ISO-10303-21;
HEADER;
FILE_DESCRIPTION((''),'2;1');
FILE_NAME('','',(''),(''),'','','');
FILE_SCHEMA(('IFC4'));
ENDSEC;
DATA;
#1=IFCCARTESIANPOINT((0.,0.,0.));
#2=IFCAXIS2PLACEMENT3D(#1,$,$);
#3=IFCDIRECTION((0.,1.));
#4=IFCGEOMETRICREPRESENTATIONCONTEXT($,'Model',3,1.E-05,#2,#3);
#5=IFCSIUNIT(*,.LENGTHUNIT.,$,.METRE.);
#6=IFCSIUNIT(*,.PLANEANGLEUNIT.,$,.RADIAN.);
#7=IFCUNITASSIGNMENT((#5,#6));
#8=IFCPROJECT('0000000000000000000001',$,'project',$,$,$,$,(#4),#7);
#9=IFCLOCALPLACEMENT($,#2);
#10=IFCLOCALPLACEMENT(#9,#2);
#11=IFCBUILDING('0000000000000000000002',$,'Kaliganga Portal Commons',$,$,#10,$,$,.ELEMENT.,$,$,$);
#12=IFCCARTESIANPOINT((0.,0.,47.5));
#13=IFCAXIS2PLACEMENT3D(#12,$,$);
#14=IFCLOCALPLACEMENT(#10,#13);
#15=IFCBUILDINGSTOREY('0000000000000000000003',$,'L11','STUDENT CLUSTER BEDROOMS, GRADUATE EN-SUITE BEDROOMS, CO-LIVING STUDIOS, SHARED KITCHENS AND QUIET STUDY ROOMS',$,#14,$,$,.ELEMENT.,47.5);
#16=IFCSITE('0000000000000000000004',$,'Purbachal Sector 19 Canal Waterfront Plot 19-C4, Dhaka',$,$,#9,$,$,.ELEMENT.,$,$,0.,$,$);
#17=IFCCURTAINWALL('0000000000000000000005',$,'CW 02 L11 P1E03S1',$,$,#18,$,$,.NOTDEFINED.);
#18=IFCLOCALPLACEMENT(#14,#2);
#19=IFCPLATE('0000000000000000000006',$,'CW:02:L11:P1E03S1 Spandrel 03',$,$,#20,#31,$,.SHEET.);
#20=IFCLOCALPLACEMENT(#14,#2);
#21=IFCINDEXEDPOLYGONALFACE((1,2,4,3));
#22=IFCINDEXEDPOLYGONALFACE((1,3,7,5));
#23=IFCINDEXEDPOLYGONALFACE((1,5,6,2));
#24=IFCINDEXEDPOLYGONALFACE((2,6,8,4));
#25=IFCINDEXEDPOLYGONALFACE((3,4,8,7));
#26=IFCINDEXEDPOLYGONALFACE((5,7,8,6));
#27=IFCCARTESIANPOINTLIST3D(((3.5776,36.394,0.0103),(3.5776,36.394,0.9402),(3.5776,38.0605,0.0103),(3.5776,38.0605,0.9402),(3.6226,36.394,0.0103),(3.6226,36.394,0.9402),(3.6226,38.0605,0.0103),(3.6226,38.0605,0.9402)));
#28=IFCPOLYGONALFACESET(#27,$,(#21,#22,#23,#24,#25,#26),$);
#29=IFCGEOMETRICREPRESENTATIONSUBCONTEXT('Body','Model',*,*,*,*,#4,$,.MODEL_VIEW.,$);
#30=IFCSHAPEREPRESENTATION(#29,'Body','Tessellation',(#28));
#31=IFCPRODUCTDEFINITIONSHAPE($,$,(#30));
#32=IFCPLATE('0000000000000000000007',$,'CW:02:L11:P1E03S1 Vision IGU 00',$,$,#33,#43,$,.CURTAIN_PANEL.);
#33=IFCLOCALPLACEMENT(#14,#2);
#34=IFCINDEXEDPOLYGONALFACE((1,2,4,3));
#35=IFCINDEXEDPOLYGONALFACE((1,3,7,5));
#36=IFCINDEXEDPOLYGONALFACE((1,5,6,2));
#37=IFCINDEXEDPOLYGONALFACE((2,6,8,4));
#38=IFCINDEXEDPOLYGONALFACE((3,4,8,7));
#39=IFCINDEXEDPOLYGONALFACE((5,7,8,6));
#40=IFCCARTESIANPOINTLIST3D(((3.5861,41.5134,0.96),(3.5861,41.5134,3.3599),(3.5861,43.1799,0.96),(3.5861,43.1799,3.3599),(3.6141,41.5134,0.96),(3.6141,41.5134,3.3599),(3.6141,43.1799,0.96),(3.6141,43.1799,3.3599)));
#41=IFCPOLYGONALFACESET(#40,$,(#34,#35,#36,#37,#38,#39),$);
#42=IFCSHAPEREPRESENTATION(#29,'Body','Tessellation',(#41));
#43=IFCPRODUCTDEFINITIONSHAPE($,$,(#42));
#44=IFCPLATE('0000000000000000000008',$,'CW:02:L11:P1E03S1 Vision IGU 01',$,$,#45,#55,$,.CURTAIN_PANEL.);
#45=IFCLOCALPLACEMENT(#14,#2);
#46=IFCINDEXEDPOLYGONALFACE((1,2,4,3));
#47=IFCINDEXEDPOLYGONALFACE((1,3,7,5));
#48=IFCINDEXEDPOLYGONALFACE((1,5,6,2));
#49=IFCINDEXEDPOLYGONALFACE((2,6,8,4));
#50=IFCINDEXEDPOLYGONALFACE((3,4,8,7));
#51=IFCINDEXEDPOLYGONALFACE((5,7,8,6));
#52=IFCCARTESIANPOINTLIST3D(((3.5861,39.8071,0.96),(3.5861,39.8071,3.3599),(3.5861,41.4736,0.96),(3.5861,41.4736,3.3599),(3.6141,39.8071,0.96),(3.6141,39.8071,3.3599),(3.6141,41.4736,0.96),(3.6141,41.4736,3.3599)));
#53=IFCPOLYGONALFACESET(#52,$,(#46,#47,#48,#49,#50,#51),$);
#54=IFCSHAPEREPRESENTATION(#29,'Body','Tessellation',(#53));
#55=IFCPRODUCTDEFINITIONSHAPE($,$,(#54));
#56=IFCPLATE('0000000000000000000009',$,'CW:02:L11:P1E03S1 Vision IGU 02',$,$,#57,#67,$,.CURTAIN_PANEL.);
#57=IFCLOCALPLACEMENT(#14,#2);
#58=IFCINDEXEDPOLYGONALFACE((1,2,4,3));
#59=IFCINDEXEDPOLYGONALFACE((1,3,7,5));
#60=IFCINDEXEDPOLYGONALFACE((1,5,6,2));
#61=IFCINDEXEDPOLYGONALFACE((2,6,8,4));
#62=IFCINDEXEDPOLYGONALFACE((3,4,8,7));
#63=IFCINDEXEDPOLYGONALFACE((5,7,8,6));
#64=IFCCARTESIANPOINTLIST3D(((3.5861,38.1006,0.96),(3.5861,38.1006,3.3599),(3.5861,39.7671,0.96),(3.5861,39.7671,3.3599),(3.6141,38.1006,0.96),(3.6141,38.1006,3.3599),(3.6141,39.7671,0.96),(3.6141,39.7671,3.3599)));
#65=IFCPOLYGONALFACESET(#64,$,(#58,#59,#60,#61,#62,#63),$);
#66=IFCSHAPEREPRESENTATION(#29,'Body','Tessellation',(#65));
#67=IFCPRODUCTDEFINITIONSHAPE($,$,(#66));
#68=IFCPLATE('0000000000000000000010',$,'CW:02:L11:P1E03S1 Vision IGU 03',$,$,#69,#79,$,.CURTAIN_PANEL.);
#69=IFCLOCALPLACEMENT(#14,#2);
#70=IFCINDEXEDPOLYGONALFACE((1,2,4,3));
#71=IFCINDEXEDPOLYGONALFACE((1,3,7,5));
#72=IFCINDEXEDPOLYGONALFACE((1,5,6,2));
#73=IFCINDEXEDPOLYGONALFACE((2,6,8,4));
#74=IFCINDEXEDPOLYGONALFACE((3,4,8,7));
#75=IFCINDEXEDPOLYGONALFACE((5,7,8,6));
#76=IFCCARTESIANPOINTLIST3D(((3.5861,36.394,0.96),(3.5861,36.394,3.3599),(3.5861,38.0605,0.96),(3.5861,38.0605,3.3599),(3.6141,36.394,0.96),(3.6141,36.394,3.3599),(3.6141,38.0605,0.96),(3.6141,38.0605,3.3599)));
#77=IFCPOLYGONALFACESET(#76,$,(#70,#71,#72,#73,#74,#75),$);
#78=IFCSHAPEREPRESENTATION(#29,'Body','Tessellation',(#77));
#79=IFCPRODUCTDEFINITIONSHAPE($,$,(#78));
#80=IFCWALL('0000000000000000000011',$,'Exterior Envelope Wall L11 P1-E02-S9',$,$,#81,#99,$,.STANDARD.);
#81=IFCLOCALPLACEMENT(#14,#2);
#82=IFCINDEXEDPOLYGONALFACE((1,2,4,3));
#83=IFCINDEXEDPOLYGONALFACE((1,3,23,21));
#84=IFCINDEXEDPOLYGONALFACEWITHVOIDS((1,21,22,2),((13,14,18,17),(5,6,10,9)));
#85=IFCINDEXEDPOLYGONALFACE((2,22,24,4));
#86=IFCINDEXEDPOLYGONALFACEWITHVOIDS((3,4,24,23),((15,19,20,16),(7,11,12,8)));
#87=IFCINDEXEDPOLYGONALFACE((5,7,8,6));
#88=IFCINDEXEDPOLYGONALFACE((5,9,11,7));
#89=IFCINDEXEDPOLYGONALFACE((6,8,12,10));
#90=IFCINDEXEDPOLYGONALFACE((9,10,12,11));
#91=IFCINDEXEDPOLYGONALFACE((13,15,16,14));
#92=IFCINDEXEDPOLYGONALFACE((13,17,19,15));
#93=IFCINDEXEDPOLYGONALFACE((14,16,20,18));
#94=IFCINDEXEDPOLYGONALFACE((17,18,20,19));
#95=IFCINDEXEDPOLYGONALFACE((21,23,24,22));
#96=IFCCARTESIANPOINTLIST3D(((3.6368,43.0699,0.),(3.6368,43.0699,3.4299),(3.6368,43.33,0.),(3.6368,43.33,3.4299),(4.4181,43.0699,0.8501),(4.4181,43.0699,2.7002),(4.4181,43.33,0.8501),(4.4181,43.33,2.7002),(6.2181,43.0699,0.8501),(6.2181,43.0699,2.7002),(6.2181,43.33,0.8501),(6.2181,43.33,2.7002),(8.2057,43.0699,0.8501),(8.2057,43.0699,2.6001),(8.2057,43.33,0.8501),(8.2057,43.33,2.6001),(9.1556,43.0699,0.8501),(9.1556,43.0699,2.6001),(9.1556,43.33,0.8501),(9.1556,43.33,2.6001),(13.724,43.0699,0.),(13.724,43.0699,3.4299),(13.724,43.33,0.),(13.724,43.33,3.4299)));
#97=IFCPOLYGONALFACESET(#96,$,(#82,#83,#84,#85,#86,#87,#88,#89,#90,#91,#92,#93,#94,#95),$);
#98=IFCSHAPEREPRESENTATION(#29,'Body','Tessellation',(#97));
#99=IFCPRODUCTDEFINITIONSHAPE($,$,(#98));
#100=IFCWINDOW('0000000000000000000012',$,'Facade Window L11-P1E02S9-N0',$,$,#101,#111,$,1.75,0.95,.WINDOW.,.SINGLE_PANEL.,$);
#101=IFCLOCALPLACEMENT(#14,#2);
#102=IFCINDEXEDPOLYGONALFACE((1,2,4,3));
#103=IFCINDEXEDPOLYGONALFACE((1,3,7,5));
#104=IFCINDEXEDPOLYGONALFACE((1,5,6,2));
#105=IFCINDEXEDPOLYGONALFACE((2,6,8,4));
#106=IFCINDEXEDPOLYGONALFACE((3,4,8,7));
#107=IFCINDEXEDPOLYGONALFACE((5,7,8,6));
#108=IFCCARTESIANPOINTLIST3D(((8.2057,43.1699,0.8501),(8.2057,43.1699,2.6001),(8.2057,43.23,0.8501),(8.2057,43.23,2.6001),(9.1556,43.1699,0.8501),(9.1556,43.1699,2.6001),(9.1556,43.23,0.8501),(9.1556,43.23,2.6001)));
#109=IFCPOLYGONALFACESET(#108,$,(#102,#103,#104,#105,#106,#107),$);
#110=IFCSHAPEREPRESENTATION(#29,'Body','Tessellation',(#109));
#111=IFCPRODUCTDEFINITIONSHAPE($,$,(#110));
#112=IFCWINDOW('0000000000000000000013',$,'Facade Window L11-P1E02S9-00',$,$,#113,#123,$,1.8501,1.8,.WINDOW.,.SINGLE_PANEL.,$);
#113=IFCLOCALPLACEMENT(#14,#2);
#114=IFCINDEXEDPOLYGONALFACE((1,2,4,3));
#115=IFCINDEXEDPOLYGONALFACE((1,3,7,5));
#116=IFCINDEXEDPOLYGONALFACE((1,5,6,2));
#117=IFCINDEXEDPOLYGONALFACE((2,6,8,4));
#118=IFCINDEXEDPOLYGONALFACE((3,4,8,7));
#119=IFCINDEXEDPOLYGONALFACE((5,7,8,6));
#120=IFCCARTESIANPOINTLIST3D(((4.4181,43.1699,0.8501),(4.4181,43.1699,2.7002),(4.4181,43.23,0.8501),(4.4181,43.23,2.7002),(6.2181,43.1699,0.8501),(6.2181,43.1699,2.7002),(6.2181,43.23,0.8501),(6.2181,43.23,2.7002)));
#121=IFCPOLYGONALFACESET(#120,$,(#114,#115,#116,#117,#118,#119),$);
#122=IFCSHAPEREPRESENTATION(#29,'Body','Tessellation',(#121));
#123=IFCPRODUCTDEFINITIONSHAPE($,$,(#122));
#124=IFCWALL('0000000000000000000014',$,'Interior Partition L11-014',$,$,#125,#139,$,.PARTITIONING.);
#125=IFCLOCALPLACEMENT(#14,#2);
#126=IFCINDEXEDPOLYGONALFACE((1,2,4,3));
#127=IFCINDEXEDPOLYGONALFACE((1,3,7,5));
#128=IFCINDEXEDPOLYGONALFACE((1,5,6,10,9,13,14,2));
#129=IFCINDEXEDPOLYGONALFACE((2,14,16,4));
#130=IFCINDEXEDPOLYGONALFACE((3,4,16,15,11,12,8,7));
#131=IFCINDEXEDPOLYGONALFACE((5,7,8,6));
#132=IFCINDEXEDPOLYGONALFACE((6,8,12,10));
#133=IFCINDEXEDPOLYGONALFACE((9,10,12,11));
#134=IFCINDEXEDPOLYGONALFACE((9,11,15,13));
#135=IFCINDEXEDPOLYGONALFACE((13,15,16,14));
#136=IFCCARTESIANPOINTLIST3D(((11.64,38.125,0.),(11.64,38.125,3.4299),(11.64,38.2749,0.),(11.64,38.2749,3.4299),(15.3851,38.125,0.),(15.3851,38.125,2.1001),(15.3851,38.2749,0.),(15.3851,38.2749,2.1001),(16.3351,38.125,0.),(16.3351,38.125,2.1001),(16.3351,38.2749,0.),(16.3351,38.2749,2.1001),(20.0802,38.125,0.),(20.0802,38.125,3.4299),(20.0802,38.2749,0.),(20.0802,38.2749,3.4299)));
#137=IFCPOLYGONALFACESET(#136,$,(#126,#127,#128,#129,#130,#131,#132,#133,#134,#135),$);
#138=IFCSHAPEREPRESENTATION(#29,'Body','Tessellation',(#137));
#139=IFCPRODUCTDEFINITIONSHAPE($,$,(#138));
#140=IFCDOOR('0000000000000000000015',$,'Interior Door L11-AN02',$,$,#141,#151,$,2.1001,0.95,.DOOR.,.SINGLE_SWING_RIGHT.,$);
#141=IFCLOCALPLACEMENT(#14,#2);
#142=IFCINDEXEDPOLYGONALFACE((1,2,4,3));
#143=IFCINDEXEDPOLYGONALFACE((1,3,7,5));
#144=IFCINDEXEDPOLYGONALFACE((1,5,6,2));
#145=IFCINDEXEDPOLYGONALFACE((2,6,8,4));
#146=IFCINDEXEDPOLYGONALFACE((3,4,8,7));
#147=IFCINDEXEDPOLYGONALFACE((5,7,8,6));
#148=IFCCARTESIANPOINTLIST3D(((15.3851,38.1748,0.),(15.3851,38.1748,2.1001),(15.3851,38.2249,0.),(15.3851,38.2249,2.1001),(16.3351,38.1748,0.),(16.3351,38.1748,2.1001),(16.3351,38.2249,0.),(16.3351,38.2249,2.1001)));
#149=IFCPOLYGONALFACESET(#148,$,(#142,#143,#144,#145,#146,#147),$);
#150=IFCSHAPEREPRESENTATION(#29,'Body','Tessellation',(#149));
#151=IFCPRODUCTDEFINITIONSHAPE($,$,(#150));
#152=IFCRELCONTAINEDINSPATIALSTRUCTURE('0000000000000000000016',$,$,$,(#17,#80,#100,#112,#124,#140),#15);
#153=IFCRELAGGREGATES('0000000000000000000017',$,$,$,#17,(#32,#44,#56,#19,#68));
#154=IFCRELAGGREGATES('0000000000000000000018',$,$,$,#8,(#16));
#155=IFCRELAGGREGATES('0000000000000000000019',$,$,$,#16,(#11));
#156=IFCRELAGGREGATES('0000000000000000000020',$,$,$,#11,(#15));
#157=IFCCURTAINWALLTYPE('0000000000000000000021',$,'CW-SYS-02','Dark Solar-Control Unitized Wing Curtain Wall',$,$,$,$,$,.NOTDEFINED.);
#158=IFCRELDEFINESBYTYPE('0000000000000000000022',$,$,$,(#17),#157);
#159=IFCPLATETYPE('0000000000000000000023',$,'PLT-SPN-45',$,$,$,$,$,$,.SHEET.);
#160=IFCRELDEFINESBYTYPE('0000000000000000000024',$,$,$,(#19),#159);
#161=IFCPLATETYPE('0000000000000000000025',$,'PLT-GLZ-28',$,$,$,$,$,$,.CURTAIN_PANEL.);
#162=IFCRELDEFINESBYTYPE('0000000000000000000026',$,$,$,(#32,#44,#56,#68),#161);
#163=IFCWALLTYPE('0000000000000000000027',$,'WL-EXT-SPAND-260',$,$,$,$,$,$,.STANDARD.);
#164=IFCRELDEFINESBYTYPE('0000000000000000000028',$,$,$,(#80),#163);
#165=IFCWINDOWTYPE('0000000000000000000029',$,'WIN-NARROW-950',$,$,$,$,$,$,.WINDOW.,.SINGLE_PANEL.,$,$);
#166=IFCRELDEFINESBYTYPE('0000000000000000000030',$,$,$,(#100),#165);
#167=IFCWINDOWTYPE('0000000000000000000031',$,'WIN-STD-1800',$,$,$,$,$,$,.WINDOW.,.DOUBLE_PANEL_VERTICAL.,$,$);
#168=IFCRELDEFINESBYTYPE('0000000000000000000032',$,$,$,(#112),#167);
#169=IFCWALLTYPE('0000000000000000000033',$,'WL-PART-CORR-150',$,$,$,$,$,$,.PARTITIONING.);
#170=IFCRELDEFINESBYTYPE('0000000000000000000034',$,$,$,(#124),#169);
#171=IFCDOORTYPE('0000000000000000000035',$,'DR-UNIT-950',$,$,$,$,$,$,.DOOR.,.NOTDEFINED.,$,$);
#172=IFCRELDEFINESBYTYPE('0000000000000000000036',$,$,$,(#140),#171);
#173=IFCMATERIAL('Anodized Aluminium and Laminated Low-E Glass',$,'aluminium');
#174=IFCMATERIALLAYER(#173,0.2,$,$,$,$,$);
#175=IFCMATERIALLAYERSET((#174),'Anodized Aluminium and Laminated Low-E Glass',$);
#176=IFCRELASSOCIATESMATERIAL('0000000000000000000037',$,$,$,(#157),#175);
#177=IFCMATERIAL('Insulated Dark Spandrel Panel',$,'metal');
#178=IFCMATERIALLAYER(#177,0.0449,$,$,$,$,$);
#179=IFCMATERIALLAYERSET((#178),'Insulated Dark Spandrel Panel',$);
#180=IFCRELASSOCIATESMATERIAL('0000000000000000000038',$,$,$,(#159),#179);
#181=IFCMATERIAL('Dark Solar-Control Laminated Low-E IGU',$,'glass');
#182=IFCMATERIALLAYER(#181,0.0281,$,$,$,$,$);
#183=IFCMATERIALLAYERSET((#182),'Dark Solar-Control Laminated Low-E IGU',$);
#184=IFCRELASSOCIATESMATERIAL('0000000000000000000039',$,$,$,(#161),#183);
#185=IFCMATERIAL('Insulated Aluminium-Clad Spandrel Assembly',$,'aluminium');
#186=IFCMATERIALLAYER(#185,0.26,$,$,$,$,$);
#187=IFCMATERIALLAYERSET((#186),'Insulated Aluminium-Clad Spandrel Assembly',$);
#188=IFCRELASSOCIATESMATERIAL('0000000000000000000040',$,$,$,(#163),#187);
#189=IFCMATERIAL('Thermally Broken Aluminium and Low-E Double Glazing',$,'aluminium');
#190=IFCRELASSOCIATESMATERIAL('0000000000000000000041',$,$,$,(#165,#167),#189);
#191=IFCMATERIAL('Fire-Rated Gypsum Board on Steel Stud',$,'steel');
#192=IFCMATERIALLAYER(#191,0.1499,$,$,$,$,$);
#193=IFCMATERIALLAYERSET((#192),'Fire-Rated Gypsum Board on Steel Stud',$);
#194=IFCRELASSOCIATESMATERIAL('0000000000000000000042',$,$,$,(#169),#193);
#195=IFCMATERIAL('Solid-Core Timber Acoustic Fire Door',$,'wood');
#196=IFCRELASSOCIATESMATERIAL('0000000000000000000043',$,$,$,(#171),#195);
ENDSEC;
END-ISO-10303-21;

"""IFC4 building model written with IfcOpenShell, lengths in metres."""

from ifc_helpers import new_model, si_unit, direction, frame, frame_2d, origin, origin_2d, place, context, subcontext, project, spatial, rectangle, extrude, source, transform, mapped, material, layer, layer_set, type_object, element, fill, aggregate, save


model = new_model("IFC4")

# Units and contexts
model_context = context("Model", 3, precision=1e-05, world=origin(), true_north=direction((0.0, 1.0)))
body_context = subcontext(model_context, "Body", "Model", "MODEL_VIEW")
ifc_project = project(units=[si_unit("LENGTHUNIT", "METRE"), si_unit("PLANEANGLEUNIT", "RADIAN")], contexts=[model_context])

# Site, building, storey
site_placement = place(None, origin())
site = spatial("IfcSite", under=ifc_project, at=site_placement, Name="Purbachal Sector 19 Canal Waterfront Plot 19-C4, Dhaka", CompositionType="ELEMENT", RefElevation=0.0)
building_placement = place(site_placement, origin())
building = spatial("IfcBuilding", under=site, at=building_placement, Name="Kaliganga Portal Commons", CompositionType="ELEMENT")
storey_placement = place(building_placement, frame((0.0, 0.0, 47.5)))
storey = spatial("IfcBuildingStorey", under=building, at=storey_placement, Name="L11", Description="STUDENT CLUSTER BEDROOMS, GRADUATE EN-SUITE BEDROOMS, CO-LIVING STUDIOS, SHARED KITCHENS AND QUIET STUDY ROOMS", CompositionType="ELEMENT", Elevation=47.5)

# Curtain wall, plates
ifc_material_1 = material(Name="Anodized Aluminium and Laminated Low-E Glass", Category="aluminium")
ifc_layer_1 = layer(ifc_material_1, 0.2)
ifc_layer_set_1 = layer_set([ifc_layer_1], Name="Anodized Aluminium and Laminated Low-E Glass")
curtain_wall_type = type_object("IfcCurtainWallType", Name="CW-SYS-02", Description="Dark Solar-Control Unitized Wing Curtain Wall", PredefinedType="NOTDEFINED", material=ifc_layer_set_1)
curtain_wall_placement = place(storey_placement, origin())
curtain_wall = element("IfcCurtainWall", 1, at=curtain_wall_placement, inside=storey, type_object=curtain_wall_type, Name="CW 02 L11 P1E03S1", PredefinedType="NOTDEFINED")
ifc_material_2 = material(Name="Insulated Dark Spandrel Panel", Category="metal")
ifc_layer_2 = layer(ifc_material_2, 0.0449)
ifc_layer_set_2 = layer_set([ifc_layer_2], Name="Insulated Dark Spandrel Panel")
plate_type_1 = type_object("IfcPlateType", Name="PLT-SPN-45", PredefinedType="SHEET", material=ifc_layer_set_2)
shared_shape_1 = source(origin(), body_context, "Body", "SweptSolid", [
    extrude(rectangle(XDim=1.6665, YDim=0.0449, at=origin_2d()), origin(), (0.0, 0.0, 1.0), 0.9299),
])
plate_1_placement = place(storey_placement, frame((3.6001, 37.2273, 0.0103), z_axis=(0.0, 0.0, 1.0), x_axis=(0.0, -1.0, 0.0)))
plate_1 = element("IfcPlate", 2, at=plate_1_placement, type_object=plate_type_1, Name="CW:02:L11:P1E03S1 Spandrel 03", PredefinedType="SHEET", context=body_context, shape_type="MappedRepresentation", body=[
    mapped(shared_shape_1, transform((0.0, 0.0, 0.0), x_axis=(1.0, 0.0, 0.0), y_axis=(0.0, 1.0, 0.0), z_axis=(0.0, 0.0, 1.0), scale=1.0)),
])
ifc_material_3 = material(Name="Dark Solar-Control Laminated Low-E IGU", Category="glass")
ifc_layer_3 = layer(ifc_material_3, 0.0281)
ifc_layer_set_3 = layer_set([ifc_layer_3], Name="Dark Solar-Control Laminated Low-E IGU")
plate_type_2 = type_object("IfcPlateType", Name="PLT-GLZ-28", PredefinedType="CURTAIN_PANEL", material=ifc_layer_set_3)
shared_shape_2 = source(origin(), body_context, "Body", "SweptSolid", [
    extrude(rectangle(XDim=1.6665, YDim=0.0281, at=origin_2d()), origin(), (0.0, 0.0, 1.0), 2.3999),
])
plate_2_placement = place(storey_placement, frame((3.6001, 42.3467, 0.96), z_axis=(0.0, 0.0, 1.0), x_axis=(0.0, -1.0, 0.0)))
plate_2 = element("IfcPlate", 3, at=plate_2_placement, type_object=plate_type_2, Name="CW:02:L11:P1E03S1 Vision IGU 00", PredefinedType="CURTAIN_PANEL", context=body_context, shape_type="MappedRepresentation", body=[
    mapped(shared_shape_2, transform((0.0, 0.0, 0.0), x_axis=(1.0, 0.0, 0.0), y_axis=(0.0, 1.0, 0.0), z_axis=(0.0, 0.0, 1.0), scale=1.0)),
])
plate_3_placement = place(storey_placement, frame((3.6001, 40.6404, 0.96), z_axis=(0.0, 0.0, 1.0), x_axis=(0.0, -1.0, 0.0)))
plate_3 = element("IfcPlate", 4, at=plate_3_placement, type_object=plate_type_2, Name="CW:02:L11:P1E03S1 Vision IGU 01", PredefinedType="CURTAIN_PANEL", context=body_context, shape_type="MappedRepresentation", body=[
    mapped(shared_shape_2, transform((0.0, 0.0, 0.0), x_axis=(1.0, 0.0, 0.0), y_axis=(0.0, 1.0, 0.0), z_axis=(0.0, 0.0, 1.0), scale=1.0)),
])
plate_4_placement = place(storey_placement, frame((3.6001, 38.9338, 0.96), z_axis=(0.0, 0.0, 1.0), x_axis=(0.0, -1.0, 0.0)))
plate_4 = element("IfcPlate", 5, at=plate_4_placement, type_object=plate_type_2, Name="CW:02:L11:P1E03S1 Vision IGU 02", PredefinedType="CURTAIN_PANEL", context=body_context, shape_type="MappedRepresentation", body=[
    mapped(shared_shape_2, transform((0.0, 0.0, 0.0), x_axis=(1.0, 0.0, 0.0), y_axis=(0.0, 1.0, 0.0), z_axis=(0.0, 0.0, 1.0), scale=1.0)),
])
plate_5_placement = place(storey_placement, frame((3.6001, 37.2273, 0.96), z_axis=(0.0, 0.0, 1.0), x_axis=(0.0, -1.0, 0.0)))
plate_5 = element("IfcPlate", 6, at=plate_5_placement, type_object=plate_type_2, Name="CW:02:L11:P1E03S1 Vision IGU 03", PredefinedType="CURTAIN_PANEL", context=body_context, shape_type="MappedRepresentation", body=[
    mapped(shared_shape_2, transform((0.0, 0.0, 0.0), x_axis=(1.0, 0.0, 0.0), y_axis=(0.0, 1.0, 0.0), z_axis=(0.0, 0.0, 1.0), scale=1.0)),
])
aggregate(curtain_wall, [plate_2, plate_3, plate_4, plate_1, plate_5])

# Wall, openings, windows
ifc_material_4 = material(Name="Insulated Aluminium-Clad Spandrel Assembly", Category="aluminium")
ifc_layer_4 = layer(ifc_material_4, 0.26)
ifc_layer_set_4 = layer_set([ifc_layer_4], Name="Insulated Aluminium-Clad Spandrel Assembly")
wall_type_1 = type_object("IfcWallType", Name="WL-EXT-SPAND-260", PredefinedType="STANDARD", material=ifc_layer_set_4)
wall_1_placement = place(storey_placement, frame((3.637, 43.2, 0.0), z_axis=(0.0, 0.0, 1.0), x_axis=(1.0, 0.0, 0.0)))
wall_1 = element("IfcWall", 7, at=wall_1_placement, inside=storey, type_object=wall_type_1, Name="Exterior Envelope Wall L11 P1-E02-S9", PredefinedType="STANDARD", context=body_context, shape_type="SweptSolid", body=[
    extrude(rectangle(XDim=10.0872, YDim=0.26, at=frame_2d((5.0435, 0.0))), origin(), (0.0, 0.0, 1.0), 3.4299),
])
opening_1_placement = place(wall_1_placement, frame((0.7812, 0.0, 0.8501)))
opening_1 = element("IfcOpeningElement", 8, at=opening_1_placement, cuts=wall_1, PredefinedType="OPENING", context=body_context, shape_type="SweptSolid", body=[
    extrude(rectangle(XDim=1.8, YDim=1.8501, at=frame_2d((0.8999, 0.925))), frame((0.0, 0.1401, 0.0), z_axis=(0.0, -1.0, 0.0), x_axis=(1.0, 0.0, 0.0)), (0.0, 0.0, 1.0), 0.28),
])
opening_2_placement = place(wall_1_placement, frame((4.5686, 0.0, 0.8501)))
opening_2 = element("IfcOpeningElement", 9, at=opening_2_placement, cuts=wall_1, PredefinedType="OPENING", context=body_context, shape_type="SweptSolid", body=[
    extrude(rectangle(XDim=0.95, YDim=1.75, at=frame_2d((0.4751, 0.875))), frame((0.0, 0.1401, 0.0), z_axis=(0.0, -1.0, 0.0), x_axis=(1.0, 0.0, 0.0)), (0.0, 0.0, 1.0), 0.28),
])
ifc_material_5 = material(Name="Thermally Broken Aluminium and Low-E Double Glazing", Category="aluminium")
window_type_1 = type_object("IfcWindowType", Name="WIN-NARROW-950", PartitioningType="SINGLE_PANEL", PredefinedType="WINDOW", material=ifc_material_5)
window_1_placement = place(opening_2_placement, origin())
window_1 = element("IfcWindow", 10, at=window_1_placement, inside=storey, type_object=window_type_1, Name="Facade Window L11-P1E02S9-N0", OverallHeight=1.75, OverallWidth=0.95, PartitioningType="SINGLE_PANEL", PredefinedType="WINDOW", context=body_context, shape_type="SweptSolid", body=[
    extrude(rectangle(XDim=0.95, YDim=1.75, at=frame_2d((0.4751, 0.875))), frame((0.0, 0.03, 0.0), z_axis=(0.0, -1.0, 0.0), x_axis=(1.0, 0.0, 0.0)), (0.0, 0.0, 1.0), 0.0601),
])
fill(opening_2, window_1)
window_type_2 = type_object("IfcWindowType", Name="WIN-STD-1800", PartitioningType="DOUBLE_PANEL_VERTICAL", PredefinedType="WINDOW", material=ifc_material_5)
window_2_placement = place(opening_1_placement, origin())
window_2 = element("IfcWindow", 11, at=window_2_placement, inside=storey, type_object=window_type_2, Name="Facade Window L11-P1E02S9-00", OverallHeight=1.8501, OverallWidth=1.8, PartitioningType="SINGLE_PANEL", PredefinedType="WINDOW", context=body_context, shape_type="SweptSolid", body=[
    extrude(rectangle(XDim=1.8, YDim=1.8501, at=frame_2d((0.8999, 0.925))), frame((0.0, 0.03, 0.0), z_axis=(0.0, -1.0, 0.0), x_axis=(1.0, 0.0, 0.0)), (0.0, 0.0, 1.0), 0.0601),
])
fill(opening_1, window_2)

# Wall, opening, door
ifc_material_6 = material(Name="Fire-Rated Gypsum Board on Steel Stud", Category="steel")
ifc_layer_5 = layer(ifc_material_6, 0.1499)
ifc_layer_set_5 = layer_set([ifc_layer_5], Name="Fire-Rated Gypsum Board on Steel Stud")
wall_type_2 = type_object("IfcWallType", Name="WL-PART-CORR-150", PredefinedType="PARTITIONING", material=ifc_layer_set_5)
wall_2_placement = place(storey_placement, frame((11.6399, 38.2, 0.0), z_axis=(0.0, 0.0, 1.0), x_axis=(1.0, 0.0, 0.0)))
wall_2 = element("IfcWall", 12, at=wall_2_placement, inside=storey, type_object=wall_type_2, Name="Interior Partition L11-014", PredefinedType="PARTITIONING", context=body_context, shape_type="SweptSolid", body=[
    extrude(rectangle(XDim=8.4402, YDim=0.1499, at=frame_2d((4.2202, 0.0))), origin(), (0.0, 0.0, 1.0), 3.4299),
])
opening_3_placement = place(wall_2_placement, frame((3.7451, 0.0, 0.0)))
opening_3 = element("IfcOpeningElement", 13, at=opening_3_placement, cuts=wall_2, PredefinedType="OPENING", context=body_context, shape_type="SweptSolid", body=[
    extrude(rectangle(XDim=0.95, YDim=2.1001, at=frame_2d((0.4751, 1.05))), frame((0.0, 0.085, 0.0), z_axis=(0.0, -1.0, 0.0), x_axis=(1.0, 0.0, 0.0)), (0.0, 0.0, 1.0), 0.1699),
])
ifc_material_7 = material(Name="Solid-Core Timber Acoustic Fire Door", Category="wood")
door_type_1 = type_object("IfcDoorType", Name="DR-UNIT-950", OperationType="NOTDEFINED", PredefinedType="DOOR", material=ifc_material_7)
door_1_placement = place(opening_3_placement, origin())
door_1 = element("IfcDoor", 14, at=door_1_placement, inside=storey, type_object=door_type_1, Name="Interior Door L11-AN02", OperationType="SINGLE_SWING_RIGHT", OverallHeight=2.1001, OverallWidth=0.95, PredefinedType="DOOR", context=body_context, shape_type="SweptSolid", body=[
    extrude(rectangle(XDim=0.95, YDim=2.1001, at=frame_2d((0.4751, 1.05))), frame((0.0, 0.0249, 0.0), z_axis=(0.0, -1.0, 0.0), x_axis=(1.0, 0.0, 0.0)), (0.0, 0.0, 1.0), 0.05),
])
fill(opening_3, door_1)

save(model, "model.ifc")
